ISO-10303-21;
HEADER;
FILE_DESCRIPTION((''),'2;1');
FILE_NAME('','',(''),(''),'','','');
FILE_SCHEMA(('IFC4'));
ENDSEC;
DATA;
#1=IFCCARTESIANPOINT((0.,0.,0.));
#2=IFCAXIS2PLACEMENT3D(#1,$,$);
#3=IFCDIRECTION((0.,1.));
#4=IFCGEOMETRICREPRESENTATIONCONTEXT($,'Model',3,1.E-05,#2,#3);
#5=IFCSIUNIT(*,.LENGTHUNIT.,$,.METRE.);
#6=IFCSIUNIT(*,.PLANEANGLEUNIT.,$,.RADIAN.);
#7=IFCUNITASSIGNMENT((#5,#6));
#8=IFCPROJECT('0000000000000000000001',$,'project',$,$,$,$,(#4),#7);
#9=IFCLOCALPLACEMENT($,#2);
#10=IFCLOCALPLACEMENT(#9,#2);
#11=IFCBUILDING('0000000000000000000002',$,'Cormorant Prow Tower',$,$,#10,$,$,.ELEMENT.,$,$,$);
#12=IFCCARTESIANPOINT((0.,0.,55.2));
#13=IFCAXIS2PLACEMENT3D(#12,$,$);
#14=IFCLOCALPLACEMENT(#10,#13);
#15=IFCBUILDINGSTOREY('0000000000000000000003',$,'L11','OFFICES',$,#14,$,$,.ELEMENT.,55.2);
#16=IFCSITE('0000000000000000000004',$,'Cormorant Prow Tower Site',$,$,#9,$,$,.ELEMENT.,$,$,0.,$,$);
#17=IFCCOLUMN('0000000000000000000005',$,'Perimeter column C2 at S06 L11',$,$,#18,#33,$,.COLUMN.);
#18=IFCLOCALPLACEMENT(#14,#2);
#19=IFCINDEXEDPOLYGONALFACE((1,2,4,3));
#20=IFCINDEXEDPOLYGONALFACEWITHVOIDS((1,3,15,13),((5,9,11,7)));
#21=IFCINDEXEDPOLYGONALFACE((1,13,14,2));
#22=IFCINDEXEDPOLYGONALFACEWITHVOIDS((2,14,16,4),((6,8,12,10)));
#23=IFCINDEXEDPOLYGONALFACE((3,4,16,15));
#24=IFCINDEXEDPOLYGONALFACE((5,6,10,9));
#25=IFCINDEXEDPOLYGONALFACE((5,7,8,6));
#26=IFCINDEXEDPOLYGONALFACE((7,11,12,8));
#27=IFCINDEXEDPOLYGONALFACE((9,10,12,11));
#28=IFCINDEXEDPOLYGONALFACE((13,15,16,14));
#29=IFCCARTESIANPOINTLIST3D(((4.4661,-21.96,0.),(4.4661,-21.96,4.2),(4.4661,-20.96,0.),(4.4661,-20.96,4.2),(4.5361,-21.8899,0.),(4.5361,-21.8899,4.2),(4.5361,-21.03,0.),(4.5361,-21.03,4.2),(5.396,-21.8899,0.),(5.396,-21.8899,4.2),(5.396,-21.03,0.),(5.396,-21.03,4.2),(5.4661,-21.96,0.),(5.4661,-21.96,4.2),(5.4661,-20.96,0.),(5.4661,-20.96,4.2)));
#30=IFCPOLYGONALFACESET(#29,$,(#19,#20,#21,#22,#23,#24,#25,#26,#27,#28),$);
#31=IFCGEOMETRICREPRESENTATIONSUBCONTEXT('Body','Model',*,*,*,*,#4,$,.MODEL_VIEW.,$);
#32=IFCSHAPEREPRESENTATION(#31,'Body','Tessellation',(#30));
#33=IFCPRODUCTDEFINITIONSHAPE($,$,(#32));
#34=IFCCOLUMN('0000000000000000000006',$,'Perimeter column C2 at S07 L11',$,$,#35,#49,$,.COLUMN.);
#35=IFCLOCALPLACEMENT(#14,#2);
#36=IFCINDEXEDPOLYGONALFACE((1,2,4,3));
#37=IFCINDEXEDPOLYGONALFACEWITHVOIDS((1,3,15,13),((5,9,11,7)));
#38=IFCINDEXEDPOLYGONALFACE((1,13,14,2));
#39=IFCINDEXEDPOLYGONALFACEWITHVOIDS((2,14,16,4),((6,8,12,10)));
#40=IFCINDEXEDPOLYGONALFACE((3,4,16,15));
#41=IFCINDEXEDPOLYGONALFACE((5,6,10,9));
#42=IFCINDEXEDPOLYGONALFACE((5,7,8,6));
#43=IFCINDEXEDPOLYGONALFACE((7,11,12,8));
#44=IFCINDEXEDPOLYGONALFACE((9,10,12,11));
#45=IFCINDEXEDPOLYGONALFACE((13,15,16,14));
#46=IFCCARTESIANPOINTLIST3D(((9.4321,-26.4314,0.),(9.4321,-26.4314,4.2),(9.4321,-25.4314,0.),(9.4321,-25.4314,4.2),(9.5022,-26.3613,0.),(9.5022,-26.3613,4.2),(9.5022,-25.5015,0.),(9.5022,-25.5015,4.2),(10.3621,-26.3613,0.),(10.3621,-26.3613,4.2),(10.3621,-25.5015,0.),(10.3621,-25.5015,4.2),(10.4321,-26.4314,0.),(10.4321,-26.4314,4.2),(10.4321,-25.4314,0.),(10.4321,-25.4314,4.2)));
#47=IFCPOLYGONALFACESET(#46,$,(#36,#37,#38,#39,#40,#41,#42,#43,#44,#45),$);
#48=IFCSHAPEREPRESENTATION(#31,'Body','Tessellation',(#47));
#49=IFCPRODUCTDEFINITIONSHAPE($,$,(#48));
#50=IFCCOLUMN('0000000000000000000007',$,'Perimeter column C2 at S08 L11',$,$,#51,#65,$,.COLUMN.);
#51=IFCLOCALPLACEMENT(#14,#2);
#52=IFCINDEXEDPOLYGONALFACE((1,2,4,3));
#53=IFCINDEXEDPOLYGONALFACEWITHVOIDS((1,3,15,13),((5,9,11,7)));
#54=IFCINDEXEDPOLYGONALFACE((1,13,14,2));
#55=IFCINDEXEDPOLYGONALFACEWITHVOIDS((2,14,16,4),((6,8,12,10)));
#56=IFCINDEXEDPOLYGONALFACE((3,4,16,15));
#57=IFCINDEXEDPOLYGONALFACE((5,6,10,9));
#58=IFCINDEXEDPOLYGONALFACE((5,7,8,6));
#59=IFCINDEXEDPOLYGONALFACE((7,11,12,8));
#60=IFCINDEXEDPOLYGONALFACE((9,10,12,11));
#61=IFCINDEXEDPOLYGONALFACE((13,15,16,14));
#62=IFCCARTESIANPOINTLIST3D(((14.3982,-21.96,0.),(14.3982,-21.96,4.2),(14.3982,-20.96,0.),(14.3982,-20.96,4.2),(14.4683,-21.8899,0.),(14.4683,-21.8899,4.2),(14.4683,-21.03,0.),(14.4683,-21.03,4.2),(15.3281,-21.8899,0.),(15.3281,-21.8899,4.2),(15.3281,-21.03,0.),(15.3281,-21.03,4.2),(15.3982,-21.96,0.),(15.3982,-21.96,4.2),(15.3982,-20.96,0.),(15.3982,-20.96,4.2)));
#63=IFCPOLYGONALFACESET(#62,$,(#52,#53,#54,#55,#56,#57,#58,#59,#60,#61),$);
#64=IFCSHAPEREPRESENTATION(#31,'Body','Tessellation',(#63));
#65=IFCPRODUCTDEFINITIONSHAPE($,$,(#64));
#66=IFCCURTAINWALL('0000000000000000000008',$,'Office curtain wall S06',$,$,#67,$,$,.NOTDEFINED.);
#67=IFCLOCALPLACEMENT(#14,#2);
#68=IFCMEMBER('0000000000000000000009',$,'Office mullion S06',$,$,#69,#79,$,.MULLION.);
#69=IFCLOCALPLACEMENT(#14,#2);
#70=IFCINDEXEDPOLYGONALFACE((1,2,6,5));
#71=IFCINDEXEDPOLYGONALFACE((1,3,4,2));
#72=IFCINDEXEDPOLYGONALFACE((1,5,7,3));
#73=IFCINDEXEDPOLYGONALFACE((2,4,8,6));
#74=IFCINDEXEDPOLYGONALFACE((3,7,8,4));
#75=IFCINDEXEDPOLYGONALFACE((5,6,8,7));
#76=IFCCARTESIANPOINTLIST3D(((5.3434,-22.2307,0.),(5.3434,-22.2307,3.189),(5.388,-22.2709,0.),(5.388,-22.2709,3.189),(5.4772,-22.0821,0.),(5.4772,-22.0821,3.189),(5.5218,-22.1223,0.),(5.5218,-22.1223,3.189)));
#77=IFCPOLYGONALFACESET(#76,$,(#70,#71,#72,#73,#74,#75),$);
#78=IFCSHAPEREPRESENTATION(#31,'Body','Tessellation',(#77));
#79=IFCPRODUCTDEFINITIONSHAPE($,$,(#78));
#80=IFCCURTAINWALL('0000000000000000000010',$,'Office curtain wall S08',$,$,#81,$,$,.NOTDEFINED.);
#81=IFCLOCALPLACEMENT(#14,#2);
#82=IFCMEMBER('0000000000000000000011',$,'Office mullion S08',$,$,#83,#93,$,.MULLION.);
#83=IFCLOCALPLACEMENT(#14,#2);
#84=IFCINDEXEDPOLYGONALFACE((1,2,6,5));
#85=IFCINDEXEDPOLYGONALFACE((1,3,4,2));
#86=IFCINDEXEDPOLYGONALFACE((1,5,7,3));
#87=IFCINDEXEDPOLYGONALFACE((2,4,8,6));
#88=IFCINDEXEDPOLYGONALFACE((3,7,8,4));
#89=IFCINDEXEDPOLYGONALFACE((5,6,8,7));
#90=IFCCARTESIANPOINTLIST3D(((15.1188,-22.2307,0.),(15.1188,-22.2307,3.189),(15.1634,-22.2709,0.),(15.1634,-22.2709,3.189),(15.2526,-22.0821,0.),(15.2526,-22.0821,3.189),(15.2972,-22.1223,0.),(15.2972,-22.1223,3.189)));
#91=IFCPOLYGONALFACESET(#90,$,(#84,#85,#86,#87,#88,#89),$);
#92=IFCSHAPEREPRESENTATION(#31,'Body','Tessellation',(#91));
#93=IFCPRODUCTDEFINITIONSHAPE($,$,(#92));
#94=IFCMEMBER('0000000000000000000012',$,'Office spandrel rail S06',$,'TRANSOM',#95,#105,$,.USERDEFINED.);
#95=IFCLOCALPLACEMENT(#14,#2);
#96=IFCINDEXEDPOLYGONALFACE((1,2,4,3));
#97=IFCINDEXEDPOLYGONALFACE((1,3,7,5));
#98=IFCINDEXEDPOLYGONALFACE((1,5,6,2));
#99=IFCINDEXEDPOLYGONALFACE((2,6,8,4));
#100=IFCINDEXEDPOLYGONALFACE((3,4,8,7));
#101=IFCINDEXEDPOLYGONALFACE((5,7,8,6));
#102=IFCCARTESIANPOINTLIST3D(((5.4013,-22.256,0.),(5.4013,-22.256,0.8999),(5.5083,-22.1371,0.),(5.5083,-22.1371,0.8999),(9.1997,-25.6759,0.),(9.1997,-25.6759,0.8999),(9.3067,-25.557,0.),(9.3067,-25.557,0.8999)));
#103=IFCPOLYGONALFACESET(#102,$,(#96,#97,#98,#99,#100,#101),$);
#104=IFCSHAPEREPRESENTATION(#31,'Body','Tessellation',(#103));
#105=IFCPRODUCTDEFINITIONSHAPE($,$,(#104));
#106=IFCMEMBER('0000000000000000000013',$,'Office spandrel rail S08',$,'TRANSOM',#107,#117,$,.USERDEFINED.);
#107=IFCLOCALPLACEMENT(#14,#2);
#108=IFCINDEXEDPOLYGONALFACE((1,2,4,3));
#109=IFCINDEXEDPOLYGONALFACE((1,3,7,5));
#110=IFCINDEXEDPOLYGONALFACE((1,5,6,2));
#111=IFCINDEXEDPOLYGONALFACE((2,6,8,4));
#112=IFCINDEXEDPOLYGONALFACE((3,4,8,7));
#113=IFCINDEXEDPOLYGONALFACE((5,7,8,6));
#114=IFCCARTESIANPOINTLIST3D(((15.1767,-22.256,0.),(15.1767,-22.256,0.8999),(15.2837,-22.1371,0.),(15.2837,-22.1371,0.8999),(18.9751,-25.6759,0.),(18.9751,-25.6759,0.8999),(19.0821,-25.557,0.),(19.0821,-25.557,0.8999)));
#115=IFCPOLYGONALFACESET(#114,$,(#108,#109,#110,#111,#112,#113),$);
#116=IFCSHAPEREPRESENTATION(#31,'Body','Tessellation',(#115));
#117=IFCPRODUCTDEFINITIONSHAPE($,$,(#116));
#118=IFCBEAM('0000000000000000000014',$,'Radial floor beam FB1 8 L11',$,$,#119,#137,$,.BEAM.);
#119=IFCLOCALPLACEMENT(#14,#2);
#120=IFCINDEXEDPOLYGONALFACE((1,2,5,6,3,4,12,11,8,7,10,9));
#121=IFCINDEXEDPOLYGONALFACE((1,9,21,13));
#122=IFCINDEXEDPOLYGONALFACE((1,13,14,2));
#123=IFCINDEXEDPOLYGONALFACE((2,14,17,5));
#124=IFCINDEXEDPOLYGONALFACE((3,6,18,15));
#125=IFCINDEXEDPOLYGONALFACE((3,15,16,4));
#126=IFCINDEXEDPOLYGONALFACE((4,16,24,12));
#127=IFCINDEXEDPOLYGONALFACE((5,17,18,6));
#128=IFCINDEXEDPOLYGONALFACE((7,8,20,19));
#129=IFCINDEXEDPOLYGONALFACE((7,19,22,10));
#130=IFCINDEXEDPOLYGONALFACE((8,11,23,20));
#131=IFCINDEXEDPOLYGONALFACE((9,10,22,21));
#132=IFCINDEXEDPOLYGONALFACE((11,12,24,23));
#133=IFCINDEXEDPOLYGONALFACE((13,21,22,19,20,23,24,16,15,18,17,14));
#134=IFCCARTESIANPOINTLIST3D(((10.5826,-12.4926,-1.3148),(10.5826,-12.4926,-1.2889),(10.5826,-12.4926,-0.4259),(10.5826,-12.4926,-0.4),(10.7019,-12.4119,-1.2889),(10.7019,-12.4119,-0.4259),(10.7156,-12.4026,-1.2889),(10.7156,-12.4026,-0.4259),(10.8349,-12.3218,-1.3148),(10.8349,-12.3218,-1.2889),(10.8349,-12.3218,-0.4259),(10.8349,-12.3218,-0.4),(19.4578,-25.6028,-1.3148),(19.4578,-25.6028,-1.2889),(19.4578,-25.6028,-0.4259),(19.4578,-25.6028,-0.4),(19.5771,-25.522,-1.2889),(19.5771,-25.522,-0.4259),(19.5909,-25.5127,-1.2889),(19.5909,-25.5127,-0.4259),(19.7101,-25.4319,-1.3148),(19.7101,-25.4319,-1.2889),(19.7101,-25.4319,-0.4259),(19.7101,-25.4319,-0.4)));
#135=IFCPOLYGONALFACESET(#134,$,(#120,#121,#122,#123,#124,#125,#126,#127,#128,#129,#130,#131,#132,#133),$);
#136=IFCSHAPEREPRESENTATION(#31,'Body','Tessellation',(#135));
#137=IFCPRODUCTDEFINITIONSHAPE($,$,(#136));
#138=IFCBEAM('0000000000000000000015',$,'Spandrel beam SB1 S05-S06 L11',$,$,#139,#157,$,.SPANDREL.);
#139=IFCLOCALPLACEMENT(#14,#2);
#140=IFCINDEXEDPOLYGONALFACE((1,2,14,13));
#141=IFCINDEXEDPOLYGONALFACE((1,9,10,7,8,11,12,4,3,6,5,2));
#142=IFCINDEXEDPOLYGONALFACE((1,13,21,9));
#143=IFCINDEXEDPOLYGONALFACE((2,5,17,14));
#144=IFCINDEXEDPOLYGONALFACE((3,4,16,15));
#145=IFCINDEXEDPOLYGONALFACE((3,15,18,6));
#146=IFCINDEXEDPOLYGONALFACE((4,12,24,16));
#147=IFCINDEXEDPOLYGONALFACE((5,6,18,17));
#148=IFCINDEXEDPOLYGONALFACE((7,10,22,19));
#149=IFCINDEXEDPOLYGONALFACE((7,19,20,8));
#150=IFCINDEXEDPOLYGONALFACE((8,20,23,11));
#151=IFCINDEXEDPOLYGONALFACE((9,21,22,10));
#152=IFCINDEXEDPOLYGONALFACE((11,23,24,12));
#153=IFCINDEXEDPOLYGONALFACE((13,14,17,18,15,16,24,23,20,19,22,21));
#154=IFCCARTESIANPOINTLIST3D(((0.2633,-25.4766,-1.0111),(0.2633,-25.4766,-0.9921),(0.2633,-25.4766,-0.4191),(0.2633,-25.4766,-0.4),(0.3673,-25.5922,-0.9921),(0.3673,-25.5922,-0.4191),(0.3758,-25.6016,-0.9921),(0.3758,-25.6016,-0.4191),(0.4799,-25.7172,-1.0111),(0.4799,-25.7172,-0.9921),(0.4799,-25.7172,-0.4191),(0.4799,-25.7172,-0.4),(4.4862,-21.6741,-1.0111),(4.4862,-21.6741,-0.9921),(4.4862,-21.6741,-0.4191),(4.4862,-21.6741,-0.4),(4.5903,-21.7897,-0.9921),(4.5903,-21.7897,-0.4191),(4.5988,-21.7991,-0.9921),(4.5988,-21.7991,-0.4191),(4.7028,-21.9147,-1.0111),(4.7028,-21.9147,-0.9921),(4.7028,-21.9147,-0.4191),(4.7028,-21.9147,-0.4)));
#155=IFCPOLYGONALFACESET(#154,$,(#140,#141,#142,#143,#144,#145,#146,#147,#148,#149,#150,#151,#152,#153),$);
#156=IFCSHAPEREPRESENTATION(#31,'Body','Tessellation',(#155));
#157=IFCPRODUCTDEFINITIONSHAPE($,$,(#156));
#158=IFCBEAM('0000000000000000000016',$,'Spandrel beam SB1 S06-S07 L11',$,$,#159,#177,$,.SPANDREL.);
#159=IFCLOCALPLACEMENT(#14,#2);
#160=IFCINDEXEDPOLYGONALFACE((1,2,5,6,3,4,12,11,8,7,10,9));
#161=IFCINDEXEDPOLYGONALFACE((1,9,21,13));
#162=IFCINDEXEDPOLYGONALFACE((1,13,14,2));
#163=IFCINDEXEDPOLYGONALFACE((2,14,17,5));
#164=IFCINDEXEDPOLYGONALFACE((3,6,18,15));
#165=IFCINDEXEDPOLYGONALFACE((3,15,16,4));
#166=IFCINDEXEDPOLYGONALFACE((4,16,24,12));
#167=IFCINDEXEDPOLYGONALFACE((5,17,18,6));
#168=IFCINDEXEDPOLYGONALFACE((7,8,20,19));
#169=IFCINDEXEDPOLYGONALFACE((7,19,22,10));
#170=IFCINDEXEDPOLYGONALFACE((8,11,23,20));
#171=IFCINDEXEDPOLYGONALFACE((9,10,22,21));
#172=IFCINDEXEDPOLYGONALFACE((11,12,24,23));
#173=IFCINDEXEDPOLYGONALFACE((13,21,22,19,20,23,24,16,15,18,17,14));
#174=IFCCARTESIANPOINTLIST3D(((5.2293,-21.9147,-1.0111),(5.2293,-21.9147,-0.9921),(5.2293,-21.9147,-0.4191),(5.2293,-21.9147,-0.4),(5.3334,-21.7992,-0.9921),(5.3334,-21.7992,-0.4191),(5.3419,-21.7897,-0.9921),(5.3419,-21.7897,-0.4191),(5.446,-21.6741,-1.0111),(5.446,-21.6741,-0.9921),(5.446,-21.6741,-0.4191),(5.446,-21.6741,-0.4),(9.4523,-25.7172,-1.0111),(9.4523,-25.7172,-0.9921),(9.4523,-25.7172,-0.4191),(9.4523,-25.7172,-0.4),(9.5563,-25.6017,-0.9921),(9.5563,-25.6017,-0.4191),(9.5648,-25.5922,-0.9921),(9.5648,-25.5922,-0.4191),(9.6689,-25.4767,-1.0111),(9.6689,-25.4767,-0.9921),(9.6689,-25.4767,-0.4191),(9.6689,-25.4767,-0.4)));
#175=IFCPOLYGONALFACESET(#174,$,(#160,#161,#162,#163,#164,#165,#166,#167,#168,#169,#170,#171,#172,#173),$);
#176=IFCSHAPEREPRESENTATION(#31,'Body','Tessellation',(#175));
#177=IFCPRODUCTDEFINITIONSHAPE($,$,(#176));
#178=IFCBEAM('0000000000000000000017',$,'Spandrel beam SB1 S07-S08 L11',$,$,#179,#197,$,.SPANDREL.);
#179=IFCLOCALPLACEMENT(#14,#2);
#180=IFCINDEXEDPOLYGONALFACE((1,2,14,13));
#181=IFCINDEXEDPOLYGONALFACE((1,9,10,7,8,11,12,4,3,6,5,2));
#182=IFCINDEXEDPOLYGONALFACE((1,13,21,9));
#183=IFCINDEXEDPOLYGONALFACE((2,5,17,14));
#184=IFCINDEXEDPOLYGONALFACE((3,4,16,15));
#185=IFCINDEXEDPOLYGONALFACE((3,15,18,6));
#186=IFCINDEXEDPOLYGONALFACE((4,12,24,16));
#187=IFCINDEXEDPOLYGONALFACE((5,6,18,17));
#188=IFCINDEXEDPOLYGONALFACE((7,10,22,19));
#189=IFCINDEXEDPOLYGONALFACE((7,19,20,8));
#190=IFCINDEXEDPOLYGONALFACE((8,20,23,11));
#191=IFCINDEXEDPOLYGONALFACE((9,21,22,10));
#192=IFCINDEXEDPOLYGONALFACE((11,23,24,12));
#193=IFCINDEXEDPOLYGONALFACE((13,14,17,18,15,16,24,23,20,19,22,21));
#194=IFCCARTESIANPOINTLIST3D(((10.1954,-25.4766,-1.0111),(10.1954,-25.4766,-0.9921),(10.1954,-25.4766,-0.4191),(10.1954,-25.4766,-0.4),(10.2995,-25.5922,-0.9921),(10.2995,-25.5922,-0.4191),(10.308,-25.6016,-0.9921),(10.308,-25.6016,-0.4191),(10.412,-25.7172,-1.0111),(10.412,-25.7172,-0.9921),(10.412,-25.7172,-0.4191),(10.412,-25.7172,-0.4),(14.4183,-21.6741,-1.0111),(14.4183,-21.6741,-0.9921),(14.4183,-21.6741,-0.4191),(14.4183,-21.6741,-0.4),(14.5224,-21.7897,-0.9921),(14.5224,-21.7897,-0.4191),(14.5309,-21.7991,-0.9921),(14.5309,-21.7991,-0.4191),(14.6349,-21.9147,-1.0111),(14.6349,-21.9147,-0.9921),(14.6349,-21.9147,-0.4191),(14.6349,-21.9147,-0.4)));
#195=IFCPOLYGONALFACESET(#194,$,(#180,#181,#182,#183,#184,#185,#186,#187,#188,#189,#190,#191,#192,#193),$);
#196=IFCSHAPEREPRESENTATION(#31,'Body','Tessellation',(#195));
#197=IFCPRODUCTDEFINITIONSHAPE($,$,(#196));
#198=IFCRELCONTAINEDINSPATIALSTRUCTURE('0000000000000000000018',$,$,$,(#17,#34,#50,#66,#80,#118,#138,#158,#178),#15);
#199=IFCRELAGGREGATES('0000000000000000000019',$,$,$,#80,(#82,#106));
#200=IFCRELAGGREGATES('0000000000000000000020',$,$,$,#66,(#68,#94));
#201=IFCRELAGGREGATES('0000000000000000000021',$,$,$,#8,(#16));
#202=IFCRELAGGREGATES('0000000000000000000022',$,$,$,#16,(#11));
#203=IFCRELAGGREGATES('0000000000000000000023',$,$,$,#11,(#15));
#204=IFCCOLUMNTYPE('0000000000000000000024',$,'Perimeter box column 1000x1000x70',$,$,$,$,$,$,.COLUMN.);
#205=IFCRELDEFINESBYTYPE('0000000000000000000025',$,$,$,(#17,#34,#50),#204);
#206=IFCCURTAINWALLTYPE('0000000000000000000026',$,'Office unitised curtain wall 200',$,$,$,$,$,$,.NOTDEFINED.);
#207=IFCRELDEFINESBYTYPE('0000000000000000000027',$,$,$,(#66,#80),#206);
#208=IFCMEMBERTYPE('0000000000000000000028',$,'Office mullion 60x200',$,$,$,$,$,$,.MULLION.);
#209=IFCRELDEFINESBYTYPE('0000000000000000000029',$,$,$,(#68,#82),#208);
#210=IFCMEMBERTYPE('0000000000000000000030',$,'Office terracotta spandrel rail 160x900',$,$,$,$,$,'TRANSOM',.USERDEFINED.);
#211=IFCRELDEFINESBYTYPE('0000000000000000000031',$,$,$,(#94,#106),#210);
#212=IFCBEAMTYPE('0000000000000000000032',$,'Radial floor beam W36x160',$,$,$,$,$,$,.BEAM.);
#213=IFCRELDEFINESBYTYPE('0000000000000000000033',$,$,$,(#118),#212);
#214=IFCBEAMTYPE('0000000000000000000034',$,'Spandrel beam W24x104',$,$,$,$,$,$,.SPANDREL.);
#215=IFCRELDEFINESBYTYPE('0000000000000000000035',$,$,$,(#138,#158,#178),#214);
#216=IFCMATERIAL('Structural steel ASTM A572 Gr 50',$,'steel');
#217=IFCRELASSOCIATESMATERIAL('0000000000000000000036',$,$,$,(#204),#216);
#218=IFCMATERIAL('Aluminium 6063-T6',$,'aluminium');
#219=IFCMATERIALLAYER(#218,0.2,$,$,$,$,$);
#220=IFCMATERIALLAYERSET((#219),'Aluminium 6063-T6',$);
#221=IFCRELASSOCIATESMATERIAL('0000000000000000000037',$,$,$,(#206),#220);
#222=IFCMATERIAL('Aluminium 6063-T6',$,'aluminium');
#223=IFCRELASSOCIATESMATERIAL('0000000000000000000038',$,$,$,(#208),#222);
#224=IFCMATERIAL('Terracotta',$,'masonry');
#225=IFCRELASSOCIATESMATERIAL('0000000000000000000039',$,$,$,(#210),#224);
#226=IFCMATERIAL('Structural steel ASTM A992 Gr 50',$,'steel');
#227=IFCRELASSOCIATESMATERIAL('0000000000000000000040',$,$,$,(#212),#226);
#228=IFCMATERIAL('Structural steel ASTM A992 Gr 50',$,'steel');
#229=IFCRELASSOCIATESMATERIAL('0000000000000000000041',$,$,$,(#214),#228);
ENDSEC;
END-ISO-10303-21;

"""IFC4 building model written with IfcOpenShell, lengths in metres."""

from ifc_helpers import new_model, si_unit, direction, frame, origin, origin_2d, place, context, subcontext, project, spatial, rectangle, hollow_rectangle, i_section, extrude, material, layer, layer_set, material_profile, profile_set, type_object, element, aggregate, save


model = new_model("IFC4")

# Units and contexts
model_context = context("Model", 3, precision=1e-05, world=origin(), true_north=direction((0.0, 1.0)))
body_context = subcontext(model_context, "Body", "Model", "MODEL_VIEW")
ifc_project = project(units=[si_unit("LENGTHUNIT", "METRE"), si_unit("PLANEANGLEUNIT", "RADIAN")], contexts=[model_context])

# Site, building, storey
site_placement = place(None, origin())
site = spatial("IfcSite", under=ifc_project, at=site_placement, Name="Cormorant Prow Tower Site", CompositionType="ELEMENT", RefElevation=0.0)
building_placement = place(site_placement, origin())
building = spatial("IfcBuilding", under=site, at=building_placement, Name="Cormorant Prow Tower", CompositionType="ELEMENT")
storey_placement = place(building_placement, frame((0.0, 0.0, 55.2)))
storey = spatial("IfcBuildingStorey", under=building, at=storey_placement, Name="L11", Description="OFFICES", CompositionType="ELEMENT", Elevation=55.2)

# Columns
ifc_material_1 = material(Name="Structural steel ASTM A572 Gr 50", Category="steel")
ifc_material_profile_1 = material_profile(ifc_material_1, hollow_rectangle(XDim=1.0, YDim=1.0, WallThickness=0.0701, at=origin_2d()), Name="Box 1000x1000x70")
ifc_profile_set_1 = profile_set([ifc_material_profile_1], Name="Structural steel ASTM A572 Gr 50")
column_type = type_object("IfcColumnType", Name="Perimeter box column 1000x1000x70", PredefinedType="COLUMN", material=ifc_profile_set_1)
for number, where, z_axis, x_axis, name in (
    (1, (4.9661, -21.46, 0.0), (0.0, 0.0, 1.0), (1.0, 0.0, 0.0), "Perimeter column C2 at S06 L11"),
    (2, (9.9321, -25.9314, 0.0), (0.0, 0.0, 1.0), (1.0, 0.0, 0.0), "Perimeter column C2 at S07 L11"),
    (3, (14.8982, -21.46, 0.0), (0.0, 0.0, 1.0), (1.0, 0.0, 0.0), "Perimeter column C2 at S08 L11"),
):
    element("IfcColumn", number, at=place(storey_placement, frame(where, z_axis=z_axis, x_axis=x_axis)), inside=storey, type_object=column_type, Name=name, PredefinedType="COLUMN", context=body_context, shape_type="SweptSolid", body=[
        extrude(hollow_rectangle(XDim=1.0, YDim=1.0, WallThickness=0.0701, at=origin_2d()), origin(), (0.0, 0.0, 1.0), 4.2),
    ])

# Curtain walls, members
ifc_material_2 = material(Name="Aluminium 6063-T6", Category="aluminium")
ifc_layer_1 = layer(ifc_material_2, 0.2)
ifc_layer_set_1 = layer_set([ifc_layer_1], Name="Aluminium 6063-T6")
curtain_wall_type = type_object("IfcCurtainWallType", Name="Office unitised curtain wall 200", PredefinedType="NOTDEFINED", material=ifc_layer_set_1)
curtain_wall_1_placement = place(storey_placement, origin())
curtain_wall_1 = element("IfcCurtainWall", 4, at=curtain_wall_1_placement, inside=storey, type_object=curtain_wall_type, Name="Office curtain wall S06", PredefinedType="NOTDEFINED")
ifc_material_3 = material(Name="Aluminium 6063-T6", Category="aluminium")
ifc_material_profile_2 = material_profile(ifc_material_3, rectangle(XDim=0.2, YDim=0.0601, at=origin_2d()), Name="Office mullion 60x200")
ifc_profile_set_2 = profile_set([ifc_material_profile_2], Name="Aluminium 6063-T6")
member_type_1 = type_object("IfcMemberType", Name="Office mullion 60x200", PredefinedType="MULLION", material=ifc_profile_set_2)
member_1_placement = place(storey_placement, frame((5.4326, -22.1765, 0.0), z_axis=(0.0, 0.0, 1.0), x_axis=(0.669131, 0.743145, 0.0)))
member_1 = element("IfcMember", 5, at=member_1_placement, type_object=member_type_1, Name="Office mullion S06", PredefinedType="MULLION", context=body_context, shape_type="SweptSolid", body=[
    extrude(rectangle(XDim=0.2, YDim=0.0601, at=origin_2d()), origin(), (0.0, 0.0, 1.0), 3.189),
])
curtain_wall_2_placement = place(storey_placement, origin())
curtain_wall_2 = element("IfcCurtainWall", 6, at=curtain_wall_2_placement, inside=storey, type_object=curtain_wall_type, Name="Office curtain wall S08", PredefinedType="NOTDEFINED")
member_2_placement = place(storey_placement, frame((15.208, -22.1765, 0.0), z_axis=(0.0, 0.0, 1.0), x_axis=(0.669131, 0.743145, 0.0)))
member_2 = element("IfcMember", 7, at=member_2_placement, type_object=member_type_1, Name="Office mullion S08", PredefinedType="MULLION", context=body_context, shape_type="SweptSolid", body=[
    extrude(rectangle(XDim=0.2, YDim=0.0601, at=origin_2d()), origin(), (0.0, 0.0, 1.0), 3.189),
])

# Members
ifc_material_4 = material(Name="Terracotta", Category="masonry")
ifc_material_profile_3 = material_profile(ifc_material_4, rectangle(XDim=0.1599, YDim=0.8999, at=origin_2d()), Name="Office terracotta spandrel rail 160x900")
ifc_profile_set_3 = profile_set([ifc_material_profile_3], Name="Terracotta")
member_type_2 = type_object("IfcMemberType", Name="Office terracotta spandrel rail 160x900", ElementType="TRANSOM", PredefinedType="USERDEFINED", material=ifc_profile_set_3)
member_3_placement = place(storey_placement, frame((5.4548, -22.1965, 0.45), z_axis=(0.743156, -0.669118, 0.0), x_axis=(0.669118, 0.743156, 0.0)))
member_3 = element("IfcMember", 8, at=member_3_placement, type_object=member_type_2, Name="Office spandrel rail S06", ObjectType="TRANSOM", PredefinedType="USERDEFINED", context=body_context, shape_type="SweptSolid", body=[
    extrude(rectangle(XDim=0.1599, YDim=0.8999, at=origin_2d()), origin(), (0.0, 0.0, 1.0), 5.1111),
])
member_4_placement = place(storey_placement, frame((15.2302, -22.1965, 0.45), z_axis=(0.743156, -0.669118, 0.0), x_axis=(0.669118, 0.743156, 0.0)))
member_4 = element("IfcMember", 9, at=member_4_placement, type_object=member_type_2, Name="Office spandrel rail S08", ObjectType="TRANSOM", PredefinedType="USERDEFINED", context=body_context, shape_type="SweptSolid", body=[
    extrude(rectangle(XDim=0.1599, YDim=0.8999, at=origin_2d()), origin(), (0.0, 0.0, 1.0), 5.1111),
])
aggregate(curtain_wall_2, [member_2, member_4])

# Beams
ifc_material_5 = material(Name="Structural steel ASTM A992 Gr 50", Category="steel")
ifc_material_profile_4 = material_profile(ifc_material_5, i_section(OverallWidth=0.3047, OverallDepth=0.9148, WebThickness=0.0166, FlangeThickness=0.0259, at=origin_2d()), Name="W36x160")
ifc_profile_set_4 = profile_set([ifc_material_profile_4], Name="Structural steel ASTM A992 Gr 50")
beam_type_1 = type_object("IfcBeamType", Name="Radial floor beam W36x160", PredefinedType="BEAM", material=ifc_profile_set_4)
beam_placement = place(storey_placement, frame((10.7087, -12.4072, -0.8574), z_axis=(0.560597, -0.828089, 0.0), x_axis=(0.828089, 0.560597, 0.0)))
element("IfcBeam", 10, at=beam_placement, inside=storey, type_object=beam_type_1, Name="Radial floor beam FB1 8 L11", PredefinedType="BEAM", context=body_context, shape_type="SweptSolid", body=[
    extrude(i_section(OverallWidth=0.3047, OverallDepth=0.9148, WebThickness=0.0166, FlangeThickness=0.0259, at=origin_2d()), origin(), (0.0, 0.0, 1.0), 15.8318),
])
ifc_material_6 = material(Name="Structural steel ASTM A992 Gr 50", Category="steel")
ifc_material_profile_5 = material_profile(ifc_material_6, i_section(OverallWidth=0.3237, OverallDepth=0.6111, WebThickness=0.0127, FlangeThickness=0.019, at=origin_2d()), Name="W24x104")
ifc_profile_set_5 = profile_set([ifc_material_profile_5], Name="Structural steel ASTM A992 Gr 50")
beam_type_2 = type_object("IfcBeamType", Name="Spandrel beam W24x104", PredefinedType="SPANDREL", material=ifc_profile_set_5)
for number, where, z_axis, x_axis, name in (
    (11, (0.3716, -25.5969, -0.7056), (0.74313, 0.669147, 0.0), (-0.669147, 0.74313, 0.0), "Spandrel beam SB1 S05-S06 L11"),
    (12, (5.3376, -21.7944, -0.7056), (0.74313, -0.669147, 0.0), (0.669147, 0.74313, 0.0), "Spandrel beam SB1 S06-S07 L11"),
    (13, (10.3037, -25.5969, -0.7056), (0.74313, 0.669147, 0.0), (-0.669147, 0.74313, 0.0), "Spandrel beam SB1 S07-S08 L11"),
):
    element("IfcBeam", number, at=place(storey_placement, frame(where, z_axis=z_axis, x_axis=x_axis)), inside=storey, type_object=beam_type_2, Name=name, PredefinedType="SPANDREL", context=body_context, shape_type="SweptSolid", body=[
        extrude(i_section(OverallWidth=0.3237, OverallDepth=0.6111, WebThickness=0.0127, FlangeThickness=0.019, at=origin_2d()), origin(), (0.0, 0.0, 1.0), 5.6826),
    ])

aggregate(curtain_wall_1, [member_1, member_3])

save(model, "model.ifc")
